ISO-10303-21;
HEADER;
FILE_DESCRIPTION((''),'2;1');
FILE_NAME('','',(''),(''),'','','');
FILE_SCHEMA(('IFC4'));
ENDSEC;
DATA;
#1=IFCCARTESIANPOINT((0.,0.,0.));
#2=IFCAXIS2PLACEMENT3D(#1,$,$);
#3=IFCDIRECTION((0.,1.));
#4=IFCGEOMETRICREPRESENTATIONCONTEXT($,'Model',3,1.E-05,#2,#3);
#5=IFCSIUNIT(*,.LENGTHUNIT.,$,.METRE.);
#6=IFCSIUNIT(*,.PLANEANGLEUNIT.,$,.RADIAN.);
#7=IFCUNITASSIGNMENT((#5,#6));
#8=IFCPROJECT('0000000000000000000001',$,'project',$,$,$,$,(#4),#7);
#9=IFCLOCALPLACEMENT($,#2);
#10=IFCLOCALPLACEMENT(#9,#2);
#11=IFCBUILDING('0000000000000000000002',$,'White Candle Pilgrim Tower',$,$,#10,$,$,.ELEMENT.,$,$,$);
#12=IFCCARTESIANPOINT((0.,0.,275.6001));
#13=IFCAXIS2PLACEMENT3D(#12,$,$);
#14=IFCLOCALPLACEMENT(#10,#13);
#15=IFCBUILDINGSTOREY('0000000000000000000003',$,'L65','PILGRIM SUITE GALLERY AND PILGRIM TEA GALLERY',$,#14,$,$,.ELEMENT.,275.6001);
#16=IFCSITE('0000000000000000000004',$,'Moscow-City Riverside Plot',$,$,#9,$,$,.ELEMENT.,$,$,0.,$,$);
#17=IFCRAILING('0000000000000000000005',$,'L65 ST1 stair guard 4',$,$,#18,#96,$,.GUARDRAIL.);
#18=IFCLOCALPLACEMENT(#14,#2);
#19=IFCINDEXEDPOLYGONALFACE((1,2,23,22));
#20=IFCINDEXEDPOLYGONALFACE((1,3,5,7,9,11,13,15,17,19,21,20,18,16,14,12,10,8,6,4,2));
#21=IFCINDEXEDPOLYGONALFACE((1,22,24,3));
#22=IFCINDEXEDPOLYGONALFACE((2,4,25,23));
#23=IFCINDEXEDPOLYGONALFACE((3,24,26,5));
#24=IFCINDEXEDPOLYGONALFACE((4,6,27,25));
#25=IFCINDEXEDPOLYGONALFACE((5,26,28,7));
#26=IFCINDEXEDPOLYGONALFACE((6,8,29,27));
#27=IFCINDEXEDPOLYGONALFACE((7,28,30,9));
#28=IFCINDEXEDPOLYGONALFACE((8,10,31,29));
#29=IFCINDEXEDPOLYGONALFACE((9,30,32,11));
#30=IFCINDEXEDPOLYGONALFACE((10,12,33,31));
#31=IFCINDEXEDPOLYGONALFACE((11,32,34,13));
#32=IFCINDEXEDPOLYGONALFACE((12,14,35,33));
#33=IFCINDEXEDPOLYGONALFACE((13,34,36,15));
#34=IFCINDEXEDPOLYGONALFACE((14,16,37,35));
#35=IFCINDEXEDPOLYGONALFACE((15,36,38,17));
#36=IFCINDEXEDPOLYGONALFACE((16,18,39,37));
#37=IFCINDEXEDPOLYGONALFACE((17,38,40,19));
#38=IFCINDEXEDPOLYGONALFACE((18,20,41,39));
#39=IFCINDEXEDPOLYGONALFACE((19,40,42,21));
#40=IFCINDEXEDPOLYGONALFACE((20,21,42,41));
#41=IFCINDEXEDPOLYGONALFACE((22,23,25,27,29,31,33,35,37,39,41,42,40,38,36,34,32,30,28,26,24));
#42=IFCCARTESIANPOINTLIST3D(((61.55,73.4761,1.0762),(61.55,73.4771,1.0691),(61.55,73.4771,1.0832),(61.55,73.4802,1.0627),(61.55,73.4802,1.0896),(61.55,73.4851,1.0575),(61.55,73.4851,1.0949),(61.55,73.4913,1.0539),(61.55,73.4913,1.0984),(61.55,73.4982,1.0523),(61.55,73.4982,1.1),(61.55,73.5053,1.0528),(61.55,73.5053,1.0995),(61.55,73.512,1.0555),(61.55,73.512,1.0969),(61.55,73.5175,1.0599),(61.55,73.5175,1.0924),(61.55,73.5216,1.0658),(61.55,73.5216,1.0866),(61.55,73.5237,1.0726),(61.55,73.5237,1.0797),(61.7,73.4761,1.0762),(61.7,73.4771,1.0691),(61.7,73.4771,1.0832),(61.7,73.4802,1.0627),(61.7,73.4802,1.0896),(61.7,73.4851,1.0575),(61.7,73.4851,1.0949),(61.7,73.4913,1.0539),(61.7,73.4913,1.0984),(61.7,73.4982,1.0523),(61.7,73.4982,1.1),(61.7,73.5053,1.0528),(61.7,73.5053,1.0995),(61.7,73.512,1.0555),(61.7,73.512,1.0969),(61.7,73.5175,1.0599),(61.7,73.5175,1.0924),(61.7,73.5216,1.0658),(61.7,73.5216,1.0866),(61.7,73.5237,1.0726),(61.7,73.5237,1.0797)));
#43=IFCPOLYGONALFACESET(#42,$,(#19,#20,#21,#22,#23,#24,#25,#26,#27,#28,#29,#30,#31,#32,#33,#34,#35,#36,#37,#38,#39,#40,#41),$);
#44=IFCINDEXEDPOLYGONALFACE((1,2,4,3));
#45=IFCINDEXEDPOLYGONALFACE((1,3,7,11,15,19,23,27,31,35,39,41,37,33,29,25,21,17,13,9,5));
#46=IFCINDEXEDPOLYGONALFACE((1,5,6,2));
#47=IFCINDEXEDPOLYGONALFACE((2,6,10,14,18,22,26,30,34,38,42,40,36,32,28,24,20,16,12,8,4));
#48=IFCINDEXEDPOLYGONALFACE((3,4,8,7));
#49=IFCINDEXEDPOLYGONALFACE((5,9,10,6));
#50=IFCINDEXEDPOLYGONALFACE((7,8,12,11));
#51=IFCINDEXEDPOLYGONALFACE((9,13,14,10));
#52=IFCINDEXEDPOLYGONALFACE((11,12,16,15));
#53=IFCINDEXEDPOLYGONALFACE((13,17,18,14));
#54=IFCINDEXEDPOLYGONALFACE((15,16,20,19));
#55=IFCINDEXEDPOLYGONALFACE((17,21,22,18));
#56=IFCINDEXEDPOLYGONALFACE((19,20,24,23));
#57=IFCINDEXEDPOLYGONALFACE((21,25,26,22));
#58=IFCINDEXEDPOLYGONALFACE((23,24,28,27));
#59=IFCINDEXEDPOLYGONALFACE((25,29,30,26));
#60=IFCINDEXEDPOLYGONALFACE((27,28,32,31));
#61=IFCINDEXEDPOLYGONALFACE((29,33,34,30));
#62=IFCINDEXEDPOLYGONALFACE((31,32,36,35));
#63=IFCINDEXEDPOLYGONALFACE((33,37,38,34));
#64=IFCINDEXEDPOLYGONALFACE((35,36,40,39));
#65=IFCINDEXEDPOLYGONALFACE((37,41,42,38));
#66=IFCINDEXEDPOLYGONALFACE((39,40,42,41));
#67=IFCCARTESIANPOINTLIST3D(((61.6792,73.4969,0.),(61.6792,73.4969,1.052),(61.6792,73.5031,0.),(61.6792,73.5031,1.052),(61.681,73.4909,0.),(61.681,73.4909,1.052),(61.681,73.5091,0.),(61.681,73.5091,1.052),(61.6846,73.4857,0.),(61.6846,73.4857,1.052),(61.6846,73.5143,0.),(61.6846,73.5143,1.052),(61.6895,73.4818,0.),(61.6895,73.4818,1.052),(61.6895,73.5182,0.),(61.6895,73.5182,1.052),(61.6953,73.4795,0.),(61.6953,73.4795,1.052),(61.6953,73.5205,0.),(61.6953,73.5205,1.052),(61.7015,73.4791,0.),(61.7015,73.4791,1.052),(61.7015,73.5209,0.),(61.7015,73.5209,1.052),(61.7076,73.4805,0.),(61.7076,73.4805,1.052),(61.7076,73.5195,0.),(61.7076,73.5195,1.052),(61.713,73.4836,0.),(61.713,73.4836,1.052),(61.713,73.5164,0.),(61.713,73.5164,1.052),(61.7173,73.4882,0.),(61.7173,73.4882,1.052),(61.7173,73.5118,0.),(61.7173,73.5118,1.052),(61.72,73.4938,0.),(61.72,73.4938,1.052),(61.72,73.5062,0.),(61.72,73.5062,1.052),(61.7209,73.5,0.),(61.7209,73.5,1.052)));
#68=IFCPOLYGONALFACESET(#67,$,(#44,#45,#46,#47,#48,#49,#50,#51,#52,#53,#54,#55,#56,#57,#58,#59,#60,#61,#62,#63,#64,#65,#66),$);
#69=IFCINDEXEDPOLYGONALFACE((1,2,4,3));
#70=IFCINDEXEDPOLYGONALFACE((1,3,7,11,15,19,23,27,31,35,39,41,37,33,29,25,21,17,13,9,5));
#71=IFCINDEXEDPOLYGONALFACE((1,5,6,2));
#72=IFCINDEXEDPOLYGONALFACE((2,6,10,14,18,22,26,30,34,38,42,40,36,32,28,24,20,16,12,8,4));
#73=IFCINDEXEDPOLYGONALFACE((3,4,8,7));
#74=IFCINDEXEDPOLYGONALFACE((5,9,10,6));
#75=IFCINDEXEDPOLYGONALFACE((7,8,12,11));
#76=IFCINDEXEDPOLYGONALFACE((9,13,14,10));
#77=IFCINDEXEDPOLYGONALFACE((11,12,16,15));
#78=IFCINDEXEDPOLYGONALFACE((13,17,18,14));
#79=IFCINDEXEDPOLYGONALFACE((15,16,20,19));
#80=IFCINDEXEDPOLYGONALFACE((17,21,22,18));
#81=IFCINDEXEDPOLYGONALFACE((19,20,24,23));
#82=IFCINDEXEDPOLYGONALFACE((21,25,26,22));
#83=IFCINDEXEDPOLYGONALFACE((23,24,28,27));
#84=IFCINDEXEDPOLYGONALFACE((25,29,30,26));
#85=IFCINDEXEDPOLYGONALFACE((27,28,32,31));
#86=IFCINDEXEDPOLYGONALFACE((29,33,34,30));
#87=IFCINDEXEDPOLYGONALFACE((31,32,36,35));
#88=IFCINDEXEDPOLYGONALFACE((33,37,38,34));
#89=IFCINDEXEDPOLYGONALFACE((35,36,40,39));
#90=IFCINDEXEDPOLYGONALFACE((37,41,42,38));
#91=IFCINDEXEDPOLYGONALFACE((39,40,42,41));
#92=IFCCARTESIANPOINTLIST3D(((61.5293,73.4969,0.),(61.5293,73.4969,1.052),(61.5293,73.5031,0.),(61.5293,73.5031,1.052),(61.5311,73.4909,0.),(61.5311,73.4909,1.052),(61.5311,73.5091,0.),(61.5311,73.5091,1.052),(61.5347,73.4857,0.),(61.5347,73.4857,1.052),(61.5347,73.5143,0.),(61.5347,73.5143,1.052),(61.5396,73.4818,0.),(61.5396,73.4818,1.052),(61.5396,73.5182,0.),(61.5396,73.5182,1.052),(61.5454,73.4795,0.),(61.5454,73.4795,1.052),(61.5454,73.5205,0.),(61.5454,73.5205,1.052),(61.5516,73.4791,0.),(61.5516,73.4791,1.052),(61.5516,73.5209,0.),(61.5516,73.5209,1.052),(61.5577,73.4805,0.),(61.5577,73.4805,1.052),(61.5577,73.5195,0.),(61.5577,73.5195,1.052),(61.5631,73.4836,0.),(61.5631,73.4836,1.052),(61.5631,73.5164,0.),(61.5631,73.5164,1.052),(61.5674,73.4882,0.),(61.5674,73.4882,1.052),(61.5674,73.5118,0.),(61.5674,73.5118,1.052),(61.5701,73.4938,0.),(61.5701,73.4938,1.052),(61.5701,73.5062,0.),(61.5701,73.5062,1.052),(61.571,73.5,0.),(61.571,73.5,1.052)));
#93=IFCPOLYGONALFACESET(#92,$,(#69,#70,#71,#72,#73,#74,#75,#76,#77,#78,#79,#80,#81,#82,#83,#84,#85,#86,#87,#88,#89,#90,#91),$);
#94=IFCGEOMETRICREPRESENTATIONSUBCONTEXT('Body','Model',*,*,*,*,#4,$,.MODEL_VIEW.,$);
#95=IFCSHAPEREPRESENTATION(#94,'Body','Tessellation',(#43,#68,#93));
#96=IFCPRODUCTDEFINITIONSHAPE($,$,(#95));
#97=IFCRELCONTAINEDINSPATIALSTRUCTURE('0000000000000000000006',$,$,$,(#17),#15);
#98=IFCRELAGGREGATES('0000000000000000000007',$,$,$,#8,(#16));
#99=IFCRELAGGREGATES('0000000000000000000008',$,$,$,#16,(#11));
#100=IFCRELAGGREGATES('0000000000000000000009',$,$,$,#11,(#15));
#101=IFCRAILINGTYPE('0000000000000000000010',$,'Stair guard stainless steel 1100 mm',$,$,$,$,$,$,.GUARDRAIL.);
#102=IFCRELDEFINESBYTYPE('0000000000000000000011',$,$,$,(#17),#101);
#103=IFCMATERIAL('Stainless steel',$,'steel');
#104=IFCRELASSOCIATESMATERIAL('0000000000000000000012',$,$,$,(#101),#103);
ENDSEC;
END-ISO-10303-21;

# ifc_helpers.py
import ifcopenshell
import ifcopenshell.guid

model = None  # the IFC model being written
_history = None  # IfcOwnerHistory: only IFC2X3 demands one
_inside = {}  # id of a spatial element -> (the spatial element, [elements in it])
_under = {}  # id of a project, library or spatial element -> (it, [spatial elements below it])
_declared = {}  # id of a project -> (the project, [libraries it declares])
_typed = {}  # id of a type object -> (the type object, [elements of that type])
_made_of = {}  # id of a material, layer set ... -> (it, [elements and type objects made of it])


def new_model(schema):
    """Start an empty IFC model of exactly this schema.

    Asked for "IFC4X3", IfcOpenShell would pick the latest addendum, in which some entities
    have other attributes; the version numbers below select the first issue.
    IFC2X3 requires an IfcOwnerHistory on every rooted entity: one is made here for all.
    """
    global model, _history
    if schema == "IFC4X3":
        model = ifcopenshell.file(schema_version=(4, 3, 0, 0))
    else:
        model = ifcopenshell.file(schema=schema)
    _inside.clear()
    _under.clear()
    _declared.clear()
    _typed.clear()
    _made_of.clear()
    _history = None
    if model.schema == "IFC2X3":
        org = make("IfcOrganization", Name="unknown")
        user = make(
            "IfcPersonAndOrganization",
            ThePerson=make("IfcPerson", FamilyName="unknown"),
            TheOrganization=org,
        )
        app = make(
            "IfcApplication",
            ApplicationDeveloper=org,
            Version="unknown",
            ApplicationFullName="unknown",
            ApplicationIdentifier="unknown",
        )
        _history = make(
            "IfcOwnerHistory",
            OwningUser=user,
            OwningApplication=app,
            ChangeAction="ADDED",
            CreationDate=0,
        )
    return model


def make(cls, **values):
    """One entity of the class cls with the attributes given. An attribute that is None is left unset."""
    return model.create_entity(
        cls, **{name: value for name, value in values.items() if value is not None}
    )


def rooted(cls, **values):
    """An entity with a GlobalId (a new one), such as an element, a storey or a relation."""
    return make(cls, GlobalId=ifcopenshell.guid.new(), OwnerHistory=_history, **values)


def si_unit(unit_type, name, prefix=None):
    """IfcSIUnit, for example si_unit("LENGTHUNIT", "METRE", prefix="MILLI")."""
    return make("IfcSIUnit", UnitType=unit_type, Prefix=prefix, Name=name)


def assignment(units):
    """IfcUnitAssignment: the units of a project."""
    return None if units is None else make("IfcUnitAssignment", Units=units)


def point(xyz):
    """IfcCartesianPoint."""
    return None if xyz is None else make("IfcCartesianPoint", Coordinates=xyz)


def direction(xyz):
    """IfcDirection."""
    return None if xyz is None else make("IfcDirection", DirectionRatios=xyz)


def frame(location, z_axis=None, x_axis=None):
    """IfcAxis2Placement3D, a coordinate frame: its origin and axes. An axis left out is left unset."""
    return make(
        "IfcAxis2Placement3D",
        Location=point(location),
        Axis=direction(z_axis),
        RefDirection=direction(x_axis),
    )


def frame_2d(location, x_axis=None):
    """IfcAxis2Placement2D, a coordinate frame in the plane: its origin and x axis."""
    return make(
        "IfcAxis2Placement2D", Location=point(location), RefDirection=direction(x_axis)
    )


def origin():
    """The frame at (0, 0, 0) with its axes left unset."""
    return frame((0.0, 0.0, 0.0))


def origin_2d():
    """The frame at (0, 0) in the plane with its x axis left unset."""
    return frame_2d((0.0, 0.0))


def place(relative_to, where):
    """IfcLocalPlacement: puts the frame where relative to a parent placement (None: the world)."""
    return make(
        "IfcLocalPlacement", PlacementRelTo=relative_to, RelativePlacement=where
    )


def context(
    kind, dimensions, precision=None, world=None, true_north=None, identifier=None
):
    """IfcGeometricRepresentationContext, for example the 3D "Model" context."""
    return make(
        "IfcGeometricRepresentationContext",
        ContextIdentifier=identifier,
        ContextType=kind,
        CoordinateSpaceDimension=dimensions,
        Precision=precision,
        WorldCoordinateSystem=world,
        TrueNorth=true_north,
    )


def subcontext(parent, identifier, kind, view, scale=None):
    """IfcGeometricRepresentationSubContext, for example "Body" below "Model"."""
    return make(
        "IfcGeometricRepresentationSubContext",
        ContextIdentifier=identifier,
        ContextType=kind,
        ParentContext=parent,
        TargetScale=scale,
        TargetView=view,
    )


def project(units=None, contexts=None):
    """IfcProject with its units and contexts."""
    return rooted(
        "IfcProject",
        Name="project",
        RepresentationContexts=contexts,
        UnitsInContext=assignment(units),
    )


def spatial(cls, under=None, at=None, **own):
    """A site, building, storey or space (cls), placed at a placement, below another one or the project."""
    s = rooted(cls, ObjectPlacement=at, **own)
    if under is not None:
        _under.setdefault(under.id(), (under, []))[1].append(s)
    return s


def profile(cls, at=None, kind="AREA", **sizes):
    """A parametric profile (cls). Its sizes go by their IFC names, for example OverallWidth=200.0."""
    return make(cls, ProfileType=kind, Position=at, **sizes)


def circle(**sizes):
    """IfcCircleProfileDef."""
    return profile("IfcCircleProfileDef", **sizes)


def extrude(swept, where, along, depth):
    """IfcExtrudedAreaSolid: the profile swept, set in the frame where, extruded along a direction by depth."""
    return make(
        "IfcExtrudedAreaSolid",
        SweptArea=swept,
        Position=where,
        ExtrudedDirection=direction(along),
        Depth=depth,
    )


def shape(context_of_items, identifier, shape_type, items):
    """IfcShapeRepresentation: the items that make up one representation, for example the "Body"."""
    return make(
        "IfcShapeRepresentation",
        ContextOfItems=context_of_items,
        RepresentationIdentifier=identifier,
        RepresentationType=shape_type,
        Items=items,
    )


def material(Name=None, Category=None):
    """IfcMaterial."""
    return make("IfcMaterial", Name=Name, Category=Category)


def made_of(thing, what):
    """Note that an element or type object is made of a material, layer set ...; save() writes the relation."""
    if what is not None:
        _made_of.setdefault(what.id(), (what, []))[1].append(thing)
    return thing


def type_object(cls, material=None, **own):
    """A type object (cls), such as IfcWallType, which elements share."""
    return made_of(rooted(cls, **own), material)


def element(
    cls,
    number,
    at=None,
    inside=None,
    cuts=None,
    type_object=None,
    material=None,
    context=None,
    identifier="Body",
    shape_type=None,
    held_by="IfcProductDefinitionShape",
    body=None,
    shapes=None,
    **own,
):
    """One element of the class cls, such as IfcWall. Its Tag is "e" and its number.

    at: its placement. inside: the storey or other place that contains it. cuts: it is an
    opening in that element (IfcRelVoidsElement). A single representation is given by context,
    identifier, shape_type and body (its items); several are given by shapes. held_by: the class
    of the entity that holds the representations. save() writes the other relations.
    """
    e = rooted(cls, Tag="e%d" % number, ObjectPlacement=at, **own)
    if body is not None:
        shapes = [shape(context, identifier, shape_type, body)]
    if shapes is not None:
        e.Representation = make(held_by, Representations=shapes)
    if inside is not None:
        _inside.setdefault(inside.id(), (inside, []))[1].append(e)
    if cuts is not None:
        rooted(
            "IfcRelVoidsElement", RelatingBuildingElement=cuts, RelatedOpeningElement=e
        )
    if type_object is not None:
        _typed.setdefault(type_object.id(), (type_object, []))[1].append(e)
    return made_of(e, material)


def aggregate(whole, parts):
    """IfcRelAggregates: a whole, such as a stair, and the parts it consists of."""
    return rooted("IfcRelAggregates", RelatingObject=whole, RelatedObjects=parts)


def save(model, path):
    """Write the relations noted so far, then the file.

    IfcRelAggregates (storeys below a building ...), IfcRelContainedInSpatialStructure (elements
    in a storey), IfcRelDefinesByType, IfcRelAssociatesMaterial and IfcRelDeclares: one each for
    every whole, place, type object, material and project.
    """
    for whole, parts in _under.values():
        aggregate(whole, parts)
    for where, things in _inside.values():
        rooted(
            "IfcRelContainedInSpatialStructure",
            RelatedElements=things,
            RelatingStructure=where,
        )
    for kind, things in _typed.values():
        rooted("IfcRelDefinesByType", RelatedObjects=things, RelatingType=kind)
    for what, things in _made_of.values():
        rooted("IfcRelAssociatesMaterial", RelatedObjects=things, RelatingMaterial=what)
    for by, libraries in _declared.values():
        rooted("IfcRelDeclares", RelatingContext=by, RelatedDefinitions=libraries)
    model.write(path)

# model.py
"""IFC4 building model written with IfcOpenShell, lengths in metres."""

from ifc_helpers import new_model, si_unit, direction, frame, origin, origin_2d, place, context, subcontext, project, spatial, circle, extrude, material, type_object, element, save


model = new_model("IFC4")

# Units and contexts
model_context = context("Model", 3, precision=1e-05, world=origin(), true_north=direction((0.0, 1.0)))
body_context = subcontext(model_context, "Body", "Model", "MODEL_VIEW")
ifc_project = project(units=[si_unit("LENGTHUNIT", "METRE"), si_unit("PLANEANGLEUNIT", "RADIAN")], contexts=[model_context])

# Site, building, storey
site_placement = place(None, origin())
site = spatial("IfcSite", under=ifc_project, at=site_placement, Name="Moscow-City Riverside Plot", CompositionType="ELEMENT", RefElevation=0.0)
building_placement = place(site_placement, origin())
building = spatial("IfcBuilding", under=site, at=building_placement, Name="White Candle Pilgrim Tower", CompositionType="ELEMENT")
storey_placement = place(building_placement, frame((0.0, 0.0, 275.6001)))
storey = spatial("IfcBuildingStorey", under=building, at=storey_placement, Name="L65", Description="PILGRIM SUITE GALLERY AND PILGRIM TEA GALLERY", CompositionType="ELEMENT", Elevation=275.6001)

# Railing
ifc_material_1 = material(Name="Stainless steel", Category="steel")
railing_type_1 = type_object("IfcRailingType", Name="Stair guard stainless steel 1100 mm", PredefinedType="GUARDRAIL", material=ifc_material_1)
railing_1_placement = place(storey_placement, frame((61.7, 73.5, 0.0)))
element("IfcRailing", 1, at=railing_1_placement, inside=storey, type_object=railing_type_1, Name="L65 ST1 stair guard 4", PredefinedType="GUARDRAIL", context=body_context, shape_type="SweptSolid", body=[
    extrude(circle(Radius=0.0239, at=origin_2d()), frame((0.0, 0.0, 1.0762), z_axis=(-1.0, 0.0, 0.0), x_axis=(0.0, -1.0, 0.0)), (0.0, 0.0, 1.0), 0.1499),
    extrude(circle(Radius=0.021, at=origin_2d()), origin(), (0.0, 0.0, 1.0), 1.052),
    extrude(circle(Radius=0.021, at=origin_2d()), frame((-0.1499, 0.0, 0.0)), (0.0, 0.0, 1.0), 1.052),
])

save(model, "model.ifc")
